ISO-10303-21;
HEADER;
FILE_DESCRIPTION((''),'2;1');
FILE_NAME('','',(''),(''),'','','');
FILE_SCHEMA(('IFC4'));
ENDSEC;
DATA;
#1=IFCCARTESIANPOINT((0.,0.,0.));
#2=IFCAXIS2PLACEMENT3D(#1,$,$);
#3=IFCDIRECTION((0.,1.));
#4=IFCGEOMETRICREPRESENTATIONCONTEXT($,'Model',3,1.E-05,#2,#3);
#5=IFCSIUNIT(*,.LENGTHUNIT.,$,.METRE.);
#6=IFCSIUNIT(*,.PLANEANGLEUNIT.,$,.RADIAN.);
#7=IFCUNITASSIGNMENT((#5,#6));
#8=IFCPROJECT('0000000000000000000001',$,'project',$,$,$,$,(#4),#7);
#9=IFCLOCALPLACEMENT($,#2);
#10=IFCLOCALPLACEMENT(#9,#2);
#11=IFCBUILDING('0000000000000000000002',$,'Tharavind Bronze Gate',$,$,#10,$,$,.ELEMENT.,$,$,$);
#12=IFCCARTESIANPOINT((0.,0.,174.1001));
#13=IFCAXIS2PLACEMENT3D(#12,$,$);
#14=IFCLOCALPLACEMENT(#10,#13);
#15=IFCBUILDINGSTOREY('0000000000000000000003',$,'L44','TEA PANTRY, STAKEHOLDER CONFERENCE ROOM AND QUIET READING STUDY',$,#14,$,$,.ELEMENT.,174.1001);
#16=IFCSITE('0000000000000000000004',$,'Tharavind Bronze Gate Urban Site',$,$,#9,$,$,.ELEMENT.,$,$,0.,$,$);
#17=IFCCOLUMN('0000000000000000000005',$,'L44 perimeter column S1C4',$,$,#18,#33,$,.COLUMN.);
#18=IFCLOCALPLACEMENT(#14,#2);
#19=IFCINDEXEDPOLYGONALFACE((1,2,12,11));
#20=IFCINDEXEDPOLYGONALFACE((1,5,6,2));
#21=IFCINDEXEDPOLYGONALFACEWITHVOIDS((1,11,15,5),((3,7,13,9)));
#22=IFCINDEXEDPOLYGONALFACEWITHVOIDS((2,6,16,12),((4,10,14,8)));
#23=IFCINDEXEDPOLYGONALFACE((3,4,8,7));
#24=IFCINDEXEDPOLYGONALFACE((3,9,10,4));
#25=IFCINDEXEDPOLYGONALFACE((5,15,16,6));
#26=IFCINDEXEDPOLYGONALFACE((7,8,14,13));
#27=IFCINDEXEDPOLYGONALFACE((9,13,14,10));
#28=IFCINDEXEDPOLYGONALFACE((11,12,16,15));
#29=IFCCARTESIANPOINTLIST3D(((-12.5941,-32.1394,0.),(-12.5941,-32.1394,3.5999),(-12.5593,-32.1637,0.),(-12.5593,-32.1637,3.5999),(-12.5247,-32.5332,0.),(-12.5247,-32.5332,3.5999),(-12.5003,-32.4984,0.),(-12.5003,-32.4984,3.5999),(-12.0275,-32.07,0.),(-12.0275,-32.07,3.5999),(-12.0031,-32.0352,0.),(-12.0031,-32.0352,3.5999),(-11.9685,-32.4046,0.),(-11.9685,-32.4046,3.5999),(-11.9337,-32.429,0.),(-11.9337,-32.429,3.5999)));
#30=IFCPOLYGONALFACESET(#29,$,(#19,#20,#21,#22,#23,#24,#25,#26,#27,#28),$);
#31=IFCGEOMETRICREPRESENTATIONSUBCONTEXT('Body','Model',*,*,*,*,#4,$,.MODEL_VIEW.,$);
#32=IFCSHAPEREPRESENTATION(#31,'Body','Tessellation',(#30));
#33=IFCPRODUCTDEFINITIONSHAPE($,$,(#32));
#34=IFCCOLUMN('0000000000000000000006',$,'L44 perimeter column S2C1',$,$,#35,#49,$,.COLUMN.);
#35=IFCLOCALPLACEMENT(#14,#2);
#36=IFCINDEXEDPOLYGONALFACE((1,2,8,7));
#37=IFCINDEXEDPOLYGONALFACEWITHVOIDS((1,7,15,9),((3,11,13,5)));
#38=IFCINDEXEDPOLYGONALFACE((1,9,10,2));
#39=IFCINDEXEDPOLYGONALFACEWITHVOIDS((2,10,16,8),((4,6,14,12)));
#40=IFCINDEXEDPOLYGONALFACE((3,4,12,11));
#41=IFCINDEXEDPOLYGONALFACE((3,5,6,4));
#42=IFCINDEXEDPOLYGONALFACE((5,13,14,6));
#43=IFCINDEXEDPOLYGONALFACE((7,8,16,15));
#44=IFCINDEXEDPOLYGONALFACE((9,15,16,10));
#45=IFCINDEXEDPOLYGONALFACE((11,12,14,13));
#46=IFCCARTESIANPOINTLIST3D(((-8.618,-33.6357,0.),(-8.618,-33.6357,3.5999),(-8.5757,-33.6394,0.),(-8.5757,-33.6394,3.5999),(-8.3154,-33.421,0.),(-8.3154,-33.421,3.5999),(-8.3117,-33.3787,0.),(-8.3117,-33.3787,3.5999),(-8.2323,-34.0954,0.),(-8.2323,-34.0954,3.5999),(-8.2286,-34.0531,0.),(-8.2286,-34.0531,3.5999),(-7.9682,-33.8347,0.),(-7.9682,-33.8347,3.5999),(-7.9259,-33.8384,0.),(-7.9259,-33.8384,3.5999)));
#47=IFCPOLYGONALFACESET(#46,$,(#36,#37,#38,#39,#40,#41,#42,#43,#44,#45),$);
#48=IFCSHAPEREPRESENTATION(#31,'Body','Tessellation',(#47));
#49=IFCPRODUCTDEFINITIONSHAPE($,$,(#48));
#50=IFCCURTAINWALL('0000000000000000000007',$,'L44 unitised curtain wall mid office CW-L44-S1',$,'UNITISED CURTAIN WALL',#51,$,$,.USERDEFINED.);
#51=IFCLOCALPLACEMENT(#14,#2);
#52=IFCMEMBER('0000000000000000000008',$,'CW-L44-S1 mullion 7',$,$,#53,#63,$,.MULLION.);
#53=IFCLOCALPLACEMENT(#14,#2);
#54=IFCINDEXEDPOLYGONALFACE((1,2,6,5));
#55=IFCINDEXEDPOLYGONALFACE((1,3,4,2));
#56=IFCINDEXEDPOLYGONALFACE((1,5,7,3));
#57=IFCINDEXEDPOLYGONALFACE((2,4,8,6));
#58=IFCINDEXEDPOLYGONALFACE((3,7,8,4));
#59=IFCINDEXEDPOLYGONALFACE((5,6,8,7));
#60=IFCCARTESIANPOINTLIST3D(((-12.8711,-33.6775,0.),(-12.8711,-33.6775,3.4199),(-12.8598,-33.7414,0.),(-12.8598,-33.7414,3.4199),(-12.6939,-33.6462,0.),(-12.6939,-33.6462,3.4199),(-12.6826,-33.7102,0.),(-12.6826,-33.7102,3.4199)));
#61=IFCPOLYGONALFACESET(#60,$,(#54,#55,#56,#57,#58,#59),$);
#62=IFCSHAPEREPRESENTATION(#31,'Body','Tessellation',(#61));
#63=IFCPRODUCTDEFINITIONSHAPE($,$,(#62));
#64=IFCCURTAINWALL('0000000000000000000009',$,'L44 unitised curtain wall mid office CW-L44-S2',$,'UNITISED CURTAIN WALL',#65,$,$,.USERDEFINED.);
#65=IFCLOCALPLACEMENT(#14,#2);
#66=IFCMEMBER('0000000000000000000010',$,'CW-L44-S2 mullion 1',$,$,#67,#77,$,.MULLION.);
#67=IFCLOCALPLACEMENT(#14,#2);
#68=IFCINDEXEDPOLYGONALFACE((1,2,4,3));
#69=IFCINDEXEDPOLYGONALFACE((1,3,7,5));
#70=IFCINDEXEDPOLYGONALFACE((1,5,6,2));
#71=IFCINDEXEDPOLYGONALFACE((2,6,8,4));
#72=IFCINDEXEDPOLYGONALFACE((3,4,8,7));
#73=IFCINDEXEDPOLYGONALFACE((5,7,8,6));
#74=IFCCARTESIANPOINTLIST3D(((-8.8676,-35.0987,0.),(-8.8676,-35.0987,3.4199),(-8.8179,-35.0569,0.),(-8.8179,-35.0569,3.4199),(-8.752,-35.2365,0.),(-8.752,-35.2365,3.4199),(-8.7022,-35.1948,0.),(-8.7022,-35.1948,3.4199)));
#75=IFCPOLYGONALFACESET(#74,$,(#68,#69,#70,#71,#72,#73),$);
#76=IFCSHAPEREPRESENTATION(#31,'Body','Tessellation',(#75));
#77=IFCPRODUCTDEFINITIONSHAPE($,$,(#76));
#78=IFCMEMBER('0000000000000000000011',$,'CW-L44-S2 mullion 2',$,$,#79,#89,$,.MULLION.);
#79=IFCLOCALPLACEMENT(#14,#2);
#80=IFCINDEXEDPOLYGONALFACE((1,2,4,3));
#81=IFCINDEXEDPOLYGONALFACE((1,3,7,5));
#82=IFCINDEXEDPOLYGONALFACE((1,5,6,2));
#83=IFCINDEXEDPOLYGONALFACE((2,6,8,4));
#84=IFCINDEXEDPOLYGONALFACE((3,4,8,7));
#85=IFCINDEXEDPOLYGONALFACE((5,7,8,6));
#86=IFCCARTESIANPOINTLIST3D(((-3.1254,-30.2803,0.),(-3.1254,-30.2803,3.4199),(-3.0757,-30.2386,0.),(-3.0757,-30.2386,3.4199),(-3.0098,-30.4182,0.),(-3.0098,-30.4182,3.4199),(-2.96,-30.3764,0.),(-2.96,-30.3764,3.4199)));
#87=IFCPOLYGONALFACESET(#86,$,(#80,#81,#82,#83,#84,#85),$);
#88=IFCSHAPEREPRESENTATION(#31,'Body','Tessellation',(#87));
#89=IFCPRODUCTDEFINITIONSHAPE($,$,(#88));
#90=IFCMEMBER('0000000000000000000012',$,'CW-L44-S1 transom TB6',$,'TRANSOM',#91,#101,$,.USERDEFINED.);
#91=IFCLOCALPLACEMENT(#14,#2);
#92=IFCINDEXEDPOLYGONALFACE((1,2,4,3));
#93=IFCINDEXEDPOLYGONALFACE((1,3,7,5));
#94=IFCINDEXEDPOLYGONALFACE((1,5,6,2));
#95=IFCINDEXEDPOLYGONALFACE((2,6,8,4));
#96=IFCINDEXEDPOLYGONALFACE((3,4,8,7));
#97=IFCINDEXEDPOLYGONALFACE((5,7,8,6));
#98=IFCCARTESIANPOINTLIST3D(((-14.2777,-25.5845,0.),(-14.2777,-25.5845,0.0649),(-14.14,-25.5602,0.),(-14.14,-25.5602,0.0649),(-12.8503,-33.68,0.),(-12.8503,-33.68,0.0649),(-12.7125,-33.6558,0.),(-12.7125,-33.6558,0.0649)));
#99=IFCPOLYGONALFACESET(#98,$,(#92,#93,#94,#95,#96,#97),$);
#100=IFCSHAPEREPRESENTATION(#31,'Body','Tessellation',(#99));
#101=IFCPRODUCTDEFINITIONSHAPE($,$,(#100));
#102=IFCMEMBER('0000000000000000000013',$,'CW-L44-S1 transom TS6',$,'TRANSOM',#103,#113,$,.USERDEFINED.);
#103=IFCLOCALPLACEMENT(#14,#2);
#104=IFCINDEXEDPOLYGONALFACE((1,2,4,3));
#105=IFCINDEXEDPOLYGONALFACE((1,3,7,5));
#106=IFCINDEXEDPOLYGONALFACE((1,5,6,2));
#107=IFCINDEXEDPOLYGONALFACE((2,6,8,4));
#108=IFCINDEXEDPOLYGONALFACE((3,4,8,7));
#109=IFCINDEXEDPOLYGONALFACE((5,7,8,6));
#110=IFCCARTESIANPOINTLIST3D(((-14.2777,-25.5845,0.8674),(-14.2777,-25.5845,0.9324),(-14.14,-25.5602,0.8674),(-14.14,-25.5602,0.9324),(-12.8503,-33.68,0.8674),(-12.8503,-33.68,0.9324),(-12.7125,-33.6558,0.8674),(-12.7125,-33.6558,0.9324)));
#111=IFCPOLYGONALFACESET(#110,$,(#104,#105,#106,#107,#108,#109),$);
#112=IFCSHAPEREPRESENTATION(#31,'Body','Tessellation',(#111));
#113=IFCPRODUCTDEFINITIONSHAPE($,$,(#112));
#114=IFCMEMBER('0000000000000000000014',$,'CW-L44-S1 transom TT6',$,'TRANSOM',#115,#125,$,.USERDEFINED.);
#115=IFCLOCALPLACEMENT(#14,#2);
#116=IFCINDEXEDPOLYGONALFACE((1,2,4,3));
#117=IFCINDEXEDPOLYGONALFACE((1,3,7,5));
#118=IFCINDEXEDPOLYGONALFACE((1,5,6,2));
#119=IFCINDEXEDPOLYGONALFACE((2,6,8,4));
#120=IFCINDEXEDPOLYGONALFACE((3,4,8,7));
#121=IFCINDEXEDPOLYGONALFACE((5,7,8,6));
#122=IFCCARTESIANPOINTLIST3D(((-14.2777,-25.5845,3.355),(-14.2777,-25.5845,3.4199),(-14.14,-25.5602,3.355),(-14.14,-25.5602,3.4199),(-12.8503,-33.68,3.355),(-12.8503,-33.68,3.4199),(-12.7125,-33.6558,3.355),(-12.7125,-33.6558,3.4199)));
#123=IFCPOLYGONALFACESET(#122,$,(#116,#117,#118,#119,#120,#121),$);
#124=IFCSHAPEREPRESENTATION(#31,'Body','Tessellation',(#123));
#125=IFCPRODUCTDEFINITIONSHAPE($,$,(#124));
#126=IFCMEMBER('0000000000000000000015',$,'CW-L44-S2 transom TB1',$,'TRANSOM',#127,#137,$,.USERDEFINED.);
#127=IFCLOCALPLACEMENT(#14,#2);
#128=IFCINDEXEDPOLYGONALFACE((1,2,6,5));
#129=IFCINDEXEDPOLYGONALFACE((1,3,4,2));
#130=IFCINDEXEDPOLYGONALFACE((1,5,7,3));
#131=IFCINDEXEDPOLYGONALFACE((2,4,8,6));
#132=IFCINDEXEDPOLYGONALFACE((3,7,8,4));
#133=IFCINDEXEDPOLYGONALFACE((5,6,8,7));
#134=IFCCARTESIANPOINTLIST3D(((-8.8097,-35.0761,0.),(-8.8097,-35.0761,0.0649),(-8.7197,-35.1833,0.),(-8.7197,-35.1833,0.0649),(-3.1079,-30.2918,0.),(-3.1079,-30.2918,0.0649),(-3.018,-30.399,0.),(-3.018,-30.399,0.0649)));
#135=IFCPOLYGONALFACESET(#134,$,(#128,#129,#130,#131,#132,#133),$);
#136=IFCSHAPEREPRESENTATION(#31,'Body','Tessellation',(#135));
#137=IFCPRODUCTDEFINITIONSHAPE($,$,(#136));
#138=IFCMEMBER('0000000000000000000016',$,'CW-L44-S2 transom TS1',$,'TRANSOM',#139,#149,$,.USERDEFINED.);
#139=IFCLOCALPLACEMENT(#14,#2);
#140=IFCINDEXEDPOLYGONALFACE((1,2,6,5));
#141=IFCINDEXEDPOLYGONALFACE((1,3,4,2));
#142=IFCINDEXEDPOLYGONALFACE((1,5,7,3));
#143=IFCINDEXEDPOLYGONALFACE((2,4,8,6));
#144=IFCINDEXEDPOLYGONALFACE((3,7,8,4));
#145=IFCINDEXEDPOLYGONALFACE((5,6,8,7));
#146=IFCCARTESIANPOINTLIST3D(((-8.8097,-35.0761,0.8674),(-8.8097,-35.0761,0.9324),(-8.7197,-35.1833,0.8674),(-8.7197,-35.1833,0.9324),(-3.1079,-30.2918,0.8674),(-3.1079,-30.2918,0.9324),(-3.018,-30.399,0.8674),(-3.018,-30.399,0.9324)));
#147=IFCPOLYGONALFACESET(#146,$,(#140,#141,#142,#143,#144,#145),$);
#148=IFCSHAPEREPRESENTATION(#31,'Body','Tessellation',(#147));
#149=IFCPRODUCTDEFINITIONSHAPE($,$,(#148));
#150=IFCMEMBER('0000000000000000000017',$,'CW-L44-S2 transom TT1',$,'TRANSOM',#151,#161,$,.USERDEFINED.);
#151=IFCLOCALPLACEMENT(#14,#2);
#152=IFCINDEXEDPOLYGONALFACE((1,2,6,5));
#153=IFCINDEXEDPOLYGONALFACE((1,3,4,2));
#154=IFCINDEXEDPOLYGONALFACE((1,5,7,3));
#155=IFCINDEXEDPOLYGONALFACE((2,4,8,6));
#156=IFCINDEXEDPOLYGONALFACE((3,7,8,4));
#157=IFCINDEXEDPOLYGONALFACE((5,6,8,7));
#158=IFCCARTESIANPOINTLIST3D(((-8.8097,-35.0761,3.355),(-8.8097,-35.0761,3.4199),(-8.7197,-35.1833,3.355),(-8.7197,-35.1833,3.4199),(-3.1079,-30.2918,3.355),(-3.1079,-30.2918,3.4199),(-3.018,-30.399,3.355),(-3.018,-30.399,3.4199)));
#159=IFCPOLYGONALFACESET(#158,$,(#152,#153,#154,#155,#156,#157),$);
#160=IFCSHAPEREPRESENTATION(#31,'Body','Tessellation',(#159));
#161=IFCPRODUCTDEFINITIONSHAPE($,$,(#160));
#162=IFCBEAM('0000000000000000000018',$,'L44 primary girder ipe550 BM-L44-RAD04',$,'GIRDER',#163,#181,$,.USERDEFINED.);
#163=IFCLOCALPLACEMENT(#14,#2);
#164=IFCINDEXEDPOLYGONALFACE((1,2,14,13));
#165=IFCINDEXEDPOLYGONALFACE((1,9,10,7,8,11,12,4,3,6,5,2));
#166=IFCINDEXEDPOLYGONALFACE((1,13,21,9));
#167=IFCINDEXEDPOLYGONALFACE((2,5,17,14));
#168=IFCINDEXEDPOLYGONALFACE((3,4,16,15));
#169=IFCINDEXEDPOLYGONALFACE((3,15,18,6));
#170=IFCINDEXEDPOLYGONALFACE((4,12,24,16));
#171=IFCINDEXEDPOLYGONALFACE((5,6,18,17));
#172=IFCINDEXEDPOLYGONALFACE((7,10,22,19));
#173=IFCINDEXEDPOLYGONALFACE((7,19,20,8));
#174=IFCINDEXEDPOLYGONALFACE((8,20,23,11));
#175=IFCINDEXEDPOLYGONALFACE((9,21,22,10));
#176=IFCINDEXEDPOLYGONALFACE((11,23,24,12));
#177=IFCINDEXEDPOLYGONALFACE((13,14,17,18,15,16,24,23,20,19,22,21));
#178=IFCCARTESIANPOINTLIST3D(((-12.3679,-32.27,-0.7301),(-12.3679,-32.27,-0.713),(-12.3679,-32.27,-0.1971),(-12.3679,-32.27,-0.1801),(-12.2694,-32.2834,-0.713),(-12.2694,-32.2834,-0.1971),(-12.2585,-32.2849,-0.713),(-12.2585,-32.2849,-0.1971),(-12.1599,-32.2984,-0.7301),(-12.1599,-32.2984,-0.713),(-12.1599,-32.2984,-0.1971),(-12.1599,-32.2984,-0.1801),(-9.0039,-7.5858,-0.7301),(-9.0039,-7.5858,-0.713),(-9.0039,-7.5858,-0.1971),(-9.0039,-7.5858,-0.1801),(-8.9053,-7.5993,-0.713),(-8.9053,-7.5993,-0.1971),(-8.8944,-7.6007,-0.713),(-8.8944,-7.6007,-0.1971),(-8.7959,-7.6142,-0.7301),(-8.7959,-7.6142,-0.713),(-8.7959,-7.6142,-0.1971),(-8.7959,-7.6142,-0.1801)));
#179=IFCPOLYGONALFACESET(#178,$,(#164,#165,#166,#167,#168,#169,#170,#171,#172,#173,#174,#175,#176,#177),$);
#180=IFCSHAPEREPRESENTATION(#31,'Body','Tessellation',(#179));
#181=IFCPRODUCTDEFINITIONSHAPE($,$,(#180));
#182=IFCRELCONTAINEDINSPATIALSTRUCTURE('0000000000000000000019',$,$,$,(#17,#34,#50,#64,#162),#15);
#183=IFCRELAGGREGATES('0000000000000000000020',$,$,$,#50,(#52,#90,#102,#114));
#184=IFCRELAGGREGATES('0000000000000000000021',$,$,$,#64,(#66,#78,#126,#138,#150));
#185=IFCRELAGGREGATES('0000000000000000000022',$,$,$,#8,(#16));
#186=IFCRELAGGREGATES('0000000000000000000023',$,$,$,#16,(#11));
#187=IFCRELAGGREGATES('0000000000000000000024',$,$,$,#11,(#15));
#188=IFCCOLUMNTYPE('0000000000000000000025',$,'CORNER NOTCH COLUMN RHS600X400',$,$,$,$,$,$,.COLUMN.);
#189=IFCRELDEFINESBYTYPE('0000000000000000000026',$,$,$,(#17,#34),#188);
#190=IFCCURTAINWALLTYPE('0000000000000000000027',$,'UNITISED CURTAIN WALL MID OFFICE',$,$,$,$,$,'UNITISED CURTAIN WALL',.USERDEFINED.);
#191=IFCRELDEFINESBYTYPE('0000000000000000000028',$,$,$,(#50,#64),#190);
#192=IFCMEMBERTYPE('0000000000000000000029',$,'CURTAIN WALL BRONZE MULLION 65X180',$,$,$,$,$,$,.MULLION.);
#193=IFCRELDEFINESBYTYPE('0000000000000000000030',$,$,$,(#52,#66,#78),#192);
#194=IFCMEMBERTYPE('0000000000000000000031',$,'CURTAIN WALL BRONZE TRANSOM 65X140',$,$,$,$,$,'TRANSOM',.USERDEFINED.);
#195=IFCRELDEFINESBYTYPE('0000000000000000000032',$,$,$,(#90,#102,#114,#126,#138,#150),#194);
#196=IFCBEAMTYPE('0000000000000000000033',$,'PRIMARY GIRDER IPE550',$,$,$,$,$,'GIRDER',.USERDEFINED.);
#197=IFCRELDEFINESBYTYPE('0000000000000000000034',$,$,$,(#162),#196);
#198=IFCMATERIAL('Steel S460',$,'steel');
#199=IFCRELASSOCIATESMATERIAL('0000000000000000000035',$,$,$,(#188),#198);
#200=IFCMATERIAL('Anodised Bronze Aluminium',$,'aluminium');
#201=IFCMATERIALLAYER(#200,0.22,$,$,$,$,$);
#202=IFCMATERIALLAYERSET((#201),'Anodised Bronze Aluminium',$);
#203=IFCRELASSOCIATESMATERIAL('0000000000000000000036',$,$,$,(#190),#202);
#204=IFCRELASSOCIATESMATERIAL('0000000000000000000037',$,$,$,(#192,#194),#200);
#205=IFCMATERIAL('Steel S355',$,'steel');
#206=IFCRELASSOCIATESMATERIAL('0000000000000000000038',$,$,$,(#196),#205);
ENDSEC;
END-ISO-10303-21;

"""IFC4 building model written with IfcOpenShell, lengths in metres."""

from ifc_helpers import new_model, si_unit, direction, frame, origin, origin_2d, place, context, subcontext, project, spatial, rectangle, hollow_rectangle, i_section, extrude, material, layer, layer_set, material_profile, profile_set, type_object, element, aggregate, save


model = new_model("IFC4")

# Units and contexts
model_context = context("Model", 3, precision=1e-05, world=origin(), true_north=direction((0.0, 1.0)))
body_context = subcontext(model_context, "Body", "Model", "MODEL_VIEW")
ifc_project = project(units=[si_unit("LENGTHUNIT", "METRE"), si_unit("PLANEANGLEUNIT", "RADIAN")], contexts=[model_context])

# Site, building, storey
site_placement = place(None, origin())
site = spatial("IfcSite", under=ifc_project, at=site_placement, Name="Tharavind Bronze Gate Urban Site", CompositionType="ELEMENT", RefElevation=0.0)
building_placement = place(site_placement, origin())
building = spatial("IfcBuilding", under=site, at=building_placement, Name="Tharavind Bronze Gate", CompositionType="ELEMENT")
storey_placement = place(building_placement, frame((0.0, 0.0, 174.1001)))
storey = spatial("IfcBuildingStorey", under=building, at=storey_placement, Name="L44", Description="TEA PANTRY, STAKEHOLDER CONFERENCE ROOM AND QUIET READING STUDY", CompositionType="ELEMENT", Elevation=174.1001)

# Columns
ifc_material_1 = material(Name="Steel S460", Category="steel")
ifc_material_profile_1 = material_profile(ifc_material_1, hollow_rectangle(XDim=0.3999, YDim=0.6001, WallThickness=0.03, at=origin_2d()), Name="RHS600X400X30")
ifc_profile_set_1 = profile_set([ifc_material_profile_1], Name="Steel S460")
column_type = type_object("IfcColumnType", Name="CORNER NOTCH COLUMN RHS600X400", PredefinedType="COLUMN", material=ifc_profile_set_1)
for number, where, z_axis, x_axis, name in (
    (1, (-12.2639, -32.2842, 0.0), (0.0, 0.0, 1.0), (-0.173648, 0.984808, 0.0), "L44 perimeter column S1C4"),
    (2, (-8.272, -33.7371, 0.0), (0.0, 0.0, 1.0), (0.766043, 0.642789, 0.0), "L44 perimeter column S2C1"),
):
    element("IfcColumn", number, at=place(storey_placement, frame(where, z_axis=z_axis, x_axis=x_axis)), inside=storey, type_object=column_type, Name=name, PredefinedType="COLUMN", context=body_context, shape_type="SweptSolid", body=[
        extrude(hollow_rectangle(XDim=0.3999, YDim=0.6001, WallThickness=0.03, at=origin_2d()), origin(), (0.0, 0.0, 1.0), 3.5999),
    ])

# Curtain wall, member
ifc_material_2 = material(Name="Anodised Bronze Aluminium", Category="aluminium")
ifc_layer_1 = layer(ifc_material_2, 0.22)
ifc_layer_set_1 = layer_set([ifc_layer_1], Name="Anodised Bronze Aluminium")
curtain_wall_type = type_object("IfcCurtainWallType", Name="UNITISED CURTAIN WALL MID OFFICE", ElementType="UNITISED CURTAIN WALL", PredefinedType="USERDEFINED", material=ifc_layer_set_1)
curtain_wall_1_placement = place(storey_placement, origin())
curtain_wall_1 = element("IfcCurtainWall", 3, at=curtain_wall_1_placement, inside=storey, type_object=curtain_wall_type, Name="L44 unitised curtain wall mid office CW-L44-S1", ObjectType="UNITISED CURTAIN WALL", PredefinedType="USERDEFINED")
member_type_1 = type_object("IfcMemberType", Name="CURTAIN WALL BRONZE MULLION 65X180", PredefinedType="MULLION", material=ifc_material_2)
member_1_placement = place(storey_placement, frame((-12.7769, -33.6938, 0.0), z_axis=(0.0, 0.0, 1.0), x_axis=(0.173648, -0.984808, 0.0)))
member_1 = element("IfcMember", 4, at=member_1_placement, type_object=member_type_1, Name="CW-L44-S1 mullion 7", PredefinedType="MULLION", context=body_context, shape_type="SweptSolid", body=[
    extrude(rectangle(XDim=0.0649, YDim=0.1799, at=origin_2d()), origin(), (0.0, 0.0, 1.0), 3.4199),
])

# Curtain wall, members
curtain_wall_2_placement = place(storey_placement, origin())
curtain_wall_2 = element("IfcCurtainWall", 5, at=curtain_wall_2_placement, inside=storey, type_object=curtain_wall_type, Name="L44 unitised curtain wall mid office CW-L44-S2", ObjectType="UNITISED CURTAIN WALL", PredefinedType="USERDEFINED")
member_2_placement = place(storey_placement, frame((-8.7849, -35.1467, 0.0), z_axis=(0.0, 0.0, 1.0), x_axis=(0.766043, 0.642789, 0.0)))
member_2 = element("IfcMember", 6, at=member_2_placement, type_object=member_type_1, Name="CW-L44-S2 mullion 1", PredefinedType="MULLION", context=body_context, shape_type="SweptSolid", body=[
    extrude(rectangle(XDim=0.0649, YDim=0.1799, at=origin_2d()), origin(), (0.0, 0.0, 1.0), 3.4199),
])
member_3_placement = place(storey_placement, frame((-3.0427, -30.3284, 0.0), z_axis=(0.0, 0.0, 1.0), x_axis=(0.766043, 0.642789, 0.0)))
member_3 = element("IfcMember", 7, at=member_3_placement, type_object=member_type_1, Name="CW-L44-S2 mullion 2", PredefinedType="MULLION", context=body_context, shape_type="SweptSolid", body=[
    extrude(rectangle(XDim=0.0649, YDim=0.1799, at=origin_2d()), origin(), (0.0, 0.0, 1.0), 3.4199),
])

# Members
member_type_2 = type_object("IfcMemberType", Name="CURTAIN WALL BRONZE TRANSOM 65X140", ElementType="TRANSOM", PredefinedType="USERDEFINED", material=ifc_material_2)
member_4_placement = place(storey_placement, frame((-13.4951, -29.6201, 0.0), z_axis=(0.0, 0.0, 1.0), x_axis=(0.173648, -0.984808, 0.0)))
member_4 = element("IfcMember", 8, at=member_4_placement, type_object=member_type_2, Name="CW-L44-S1 transom TB6", ObjectType="TRANSOM", PredefinedType="USERDEFINED", context=body_context, shape_type="SweptSolid", body=[
    extrude(rectangle(XDim=8.2205, YDim=0.1399, at=origin_2d()), origin(), (0.0, 0.0, 1.0), 0.0649),
])
member_5_placement = place(storey_placement, frame((-13.4951, -29.6201, 0.8674), z_axis=(0.0, 0.0, 1.0), x_axis=(0.173648, -0.984808, 0.0)))
member_5 = element("IfcMember", 9, at=member_5_placement, type_object=member_type_2, Name="CW-L44-S1 transom TS6", ObjectType="TRANSOM", PredefinedType="USERDEFINED", context=body_context, shape_type="SweptSolid", body=[
    extrude(rectangle(XDim=8.2205, YDim=0.1399, at=origin_2d()), origin(), (0.0, 0.0, 1.0), 0.0649),
])
member_6_placement = place(storey_placement, frame((-13.4951, -29.6201, 3.355), z_axis=(0.0, 0.0, 1.0), x_axis=(0.173648, -0.984808, 0.0)))
member_6 = element("IfcMember", 10, at=member_6_placement, type_object=member_type_2, Name="CW-L44-S1 transom TT6", ObjectType="TRANSOM", PredefinedType="USERDEFINED", context=body_context, shape_type="SweptSolid", body=[
    extrude(rectangle(XDim=8.2205, YDim=0.1399, at=origin_2d()), origin(), (0.0, 0.0, 1.0), 0.0649),
])
aggregate(curtain_wall_1, [member_1, member_4, member_5, member_6])
member_7_placement = place(storey_placement, frame((-5.9138, -32.7375, 0.0), z_axis=(0.0, 0.0, 1.0), x_axis=(0.766043, 0.642789, 0.0)))
member_7 = element("IfcMember", 11, at=member_7_placement, type_object=member_type_2, Name="CW-L44-S2 transom TB1", ObjectType="TRANSOM", PredefinedType="USERDEFINED", context=body_context, shape_type="SweptSolid", body=[
    extrude(rectangle(XDim=7.4431, YDim=0.1399, at=origin_2d()), origin(), (0.0, 0.0, 1.0), 0.0649),
])
member_8_placement = place(storey_placement, frame((-5.9138, -32.7375, 0.8674), z_axis=(0.0, 0.0, 1.0), x_axis=(0.766043, 0.642789, 0.0)))
member_8 = element("IfcMember", 12, at=member_8_placement, type_object=member_type_2, Name="CW-L44-S2 transom TS1", ObjectType="TRANSOM", PredefinedType="USERDEFINED", context=body_context, shape_type="SweptSolid", body=[
    extrude(rectangle(XDim=7.4431, YDim=0.1399, at=origin_2d()), origin(), (0.0, 0.0, 1.0), 0.0649),
])
member_9_placement = place(storey_placement, frame((-5.9138, -32.7375, 3.355), z_axis=(0.0, 0.0, 1.0), x_axis=(0.766043, 0.642789, 0.0)))
member_9 = element("IfcMember", 13, at=member_9_placement, type_object=member_type_2, Name="CW-L44-S2 transom TT1", ObjectType="TRANSOM", PredefinedType="USERDEFINED", context=body_context, shape_type="SweptSolid", body=[
    extrude(rectangle(XDim=7.4431, YDim=0.1399, at=origin_2d()), origin(), (0.0, 0.0, 1.0), 0.0649),
])

# Beam
ifc_material_3 = material(Name="Steel S355", Category="steel")
ifc_material_profile_2 = material_profile(ifc_material_3, i_section(OverallWidth=0.21, OverallDepth=0.55, WebThickness=0.011, FlangeThickness=0.0171, at=origin_2d()), Name="IPE550")
ifc_profile_set_2 = profile_set([ifc_material_profile_2], Name="Steel S355")
beam_type_1 = type_object("IfcBeamType", Name="PRIMARY GIRDER IPE550", ElementType="GIRDER", PredefinedType="USERDEFINED", material=ifc_profile_set_2)
beam_1_placement = place(storey_placement, frame((-12.2639, -32.2842, -0.4551), z_axis=(0.135034, 0.990841, 0.0), x_axis=(-0.990841, 0.135034, 0.0)))
element("IfcBeam", 14, at=beam_1_placement, inside=storey, type_object=beam_type_1, Name="L44 primary girder ipe550 BM-L44-RAD04", ObjectType="GIRDER", PredefinedType="USERDEFINED", context=body_context, shape_type="SweptSolid", body=[
    extrude(i_section(OverallWidth=0.21, OverallDepth=0.55, WebThickness=0.011, FlangeThickness=0.0171, at=origin_2d()), origin(), (0.0, 0.0, 1.0), 24.9124),
])

aggregate(curtain_wall_2, [member_2, member_3, member_7, member_8, member_9])

save(model, "model.ifc")
